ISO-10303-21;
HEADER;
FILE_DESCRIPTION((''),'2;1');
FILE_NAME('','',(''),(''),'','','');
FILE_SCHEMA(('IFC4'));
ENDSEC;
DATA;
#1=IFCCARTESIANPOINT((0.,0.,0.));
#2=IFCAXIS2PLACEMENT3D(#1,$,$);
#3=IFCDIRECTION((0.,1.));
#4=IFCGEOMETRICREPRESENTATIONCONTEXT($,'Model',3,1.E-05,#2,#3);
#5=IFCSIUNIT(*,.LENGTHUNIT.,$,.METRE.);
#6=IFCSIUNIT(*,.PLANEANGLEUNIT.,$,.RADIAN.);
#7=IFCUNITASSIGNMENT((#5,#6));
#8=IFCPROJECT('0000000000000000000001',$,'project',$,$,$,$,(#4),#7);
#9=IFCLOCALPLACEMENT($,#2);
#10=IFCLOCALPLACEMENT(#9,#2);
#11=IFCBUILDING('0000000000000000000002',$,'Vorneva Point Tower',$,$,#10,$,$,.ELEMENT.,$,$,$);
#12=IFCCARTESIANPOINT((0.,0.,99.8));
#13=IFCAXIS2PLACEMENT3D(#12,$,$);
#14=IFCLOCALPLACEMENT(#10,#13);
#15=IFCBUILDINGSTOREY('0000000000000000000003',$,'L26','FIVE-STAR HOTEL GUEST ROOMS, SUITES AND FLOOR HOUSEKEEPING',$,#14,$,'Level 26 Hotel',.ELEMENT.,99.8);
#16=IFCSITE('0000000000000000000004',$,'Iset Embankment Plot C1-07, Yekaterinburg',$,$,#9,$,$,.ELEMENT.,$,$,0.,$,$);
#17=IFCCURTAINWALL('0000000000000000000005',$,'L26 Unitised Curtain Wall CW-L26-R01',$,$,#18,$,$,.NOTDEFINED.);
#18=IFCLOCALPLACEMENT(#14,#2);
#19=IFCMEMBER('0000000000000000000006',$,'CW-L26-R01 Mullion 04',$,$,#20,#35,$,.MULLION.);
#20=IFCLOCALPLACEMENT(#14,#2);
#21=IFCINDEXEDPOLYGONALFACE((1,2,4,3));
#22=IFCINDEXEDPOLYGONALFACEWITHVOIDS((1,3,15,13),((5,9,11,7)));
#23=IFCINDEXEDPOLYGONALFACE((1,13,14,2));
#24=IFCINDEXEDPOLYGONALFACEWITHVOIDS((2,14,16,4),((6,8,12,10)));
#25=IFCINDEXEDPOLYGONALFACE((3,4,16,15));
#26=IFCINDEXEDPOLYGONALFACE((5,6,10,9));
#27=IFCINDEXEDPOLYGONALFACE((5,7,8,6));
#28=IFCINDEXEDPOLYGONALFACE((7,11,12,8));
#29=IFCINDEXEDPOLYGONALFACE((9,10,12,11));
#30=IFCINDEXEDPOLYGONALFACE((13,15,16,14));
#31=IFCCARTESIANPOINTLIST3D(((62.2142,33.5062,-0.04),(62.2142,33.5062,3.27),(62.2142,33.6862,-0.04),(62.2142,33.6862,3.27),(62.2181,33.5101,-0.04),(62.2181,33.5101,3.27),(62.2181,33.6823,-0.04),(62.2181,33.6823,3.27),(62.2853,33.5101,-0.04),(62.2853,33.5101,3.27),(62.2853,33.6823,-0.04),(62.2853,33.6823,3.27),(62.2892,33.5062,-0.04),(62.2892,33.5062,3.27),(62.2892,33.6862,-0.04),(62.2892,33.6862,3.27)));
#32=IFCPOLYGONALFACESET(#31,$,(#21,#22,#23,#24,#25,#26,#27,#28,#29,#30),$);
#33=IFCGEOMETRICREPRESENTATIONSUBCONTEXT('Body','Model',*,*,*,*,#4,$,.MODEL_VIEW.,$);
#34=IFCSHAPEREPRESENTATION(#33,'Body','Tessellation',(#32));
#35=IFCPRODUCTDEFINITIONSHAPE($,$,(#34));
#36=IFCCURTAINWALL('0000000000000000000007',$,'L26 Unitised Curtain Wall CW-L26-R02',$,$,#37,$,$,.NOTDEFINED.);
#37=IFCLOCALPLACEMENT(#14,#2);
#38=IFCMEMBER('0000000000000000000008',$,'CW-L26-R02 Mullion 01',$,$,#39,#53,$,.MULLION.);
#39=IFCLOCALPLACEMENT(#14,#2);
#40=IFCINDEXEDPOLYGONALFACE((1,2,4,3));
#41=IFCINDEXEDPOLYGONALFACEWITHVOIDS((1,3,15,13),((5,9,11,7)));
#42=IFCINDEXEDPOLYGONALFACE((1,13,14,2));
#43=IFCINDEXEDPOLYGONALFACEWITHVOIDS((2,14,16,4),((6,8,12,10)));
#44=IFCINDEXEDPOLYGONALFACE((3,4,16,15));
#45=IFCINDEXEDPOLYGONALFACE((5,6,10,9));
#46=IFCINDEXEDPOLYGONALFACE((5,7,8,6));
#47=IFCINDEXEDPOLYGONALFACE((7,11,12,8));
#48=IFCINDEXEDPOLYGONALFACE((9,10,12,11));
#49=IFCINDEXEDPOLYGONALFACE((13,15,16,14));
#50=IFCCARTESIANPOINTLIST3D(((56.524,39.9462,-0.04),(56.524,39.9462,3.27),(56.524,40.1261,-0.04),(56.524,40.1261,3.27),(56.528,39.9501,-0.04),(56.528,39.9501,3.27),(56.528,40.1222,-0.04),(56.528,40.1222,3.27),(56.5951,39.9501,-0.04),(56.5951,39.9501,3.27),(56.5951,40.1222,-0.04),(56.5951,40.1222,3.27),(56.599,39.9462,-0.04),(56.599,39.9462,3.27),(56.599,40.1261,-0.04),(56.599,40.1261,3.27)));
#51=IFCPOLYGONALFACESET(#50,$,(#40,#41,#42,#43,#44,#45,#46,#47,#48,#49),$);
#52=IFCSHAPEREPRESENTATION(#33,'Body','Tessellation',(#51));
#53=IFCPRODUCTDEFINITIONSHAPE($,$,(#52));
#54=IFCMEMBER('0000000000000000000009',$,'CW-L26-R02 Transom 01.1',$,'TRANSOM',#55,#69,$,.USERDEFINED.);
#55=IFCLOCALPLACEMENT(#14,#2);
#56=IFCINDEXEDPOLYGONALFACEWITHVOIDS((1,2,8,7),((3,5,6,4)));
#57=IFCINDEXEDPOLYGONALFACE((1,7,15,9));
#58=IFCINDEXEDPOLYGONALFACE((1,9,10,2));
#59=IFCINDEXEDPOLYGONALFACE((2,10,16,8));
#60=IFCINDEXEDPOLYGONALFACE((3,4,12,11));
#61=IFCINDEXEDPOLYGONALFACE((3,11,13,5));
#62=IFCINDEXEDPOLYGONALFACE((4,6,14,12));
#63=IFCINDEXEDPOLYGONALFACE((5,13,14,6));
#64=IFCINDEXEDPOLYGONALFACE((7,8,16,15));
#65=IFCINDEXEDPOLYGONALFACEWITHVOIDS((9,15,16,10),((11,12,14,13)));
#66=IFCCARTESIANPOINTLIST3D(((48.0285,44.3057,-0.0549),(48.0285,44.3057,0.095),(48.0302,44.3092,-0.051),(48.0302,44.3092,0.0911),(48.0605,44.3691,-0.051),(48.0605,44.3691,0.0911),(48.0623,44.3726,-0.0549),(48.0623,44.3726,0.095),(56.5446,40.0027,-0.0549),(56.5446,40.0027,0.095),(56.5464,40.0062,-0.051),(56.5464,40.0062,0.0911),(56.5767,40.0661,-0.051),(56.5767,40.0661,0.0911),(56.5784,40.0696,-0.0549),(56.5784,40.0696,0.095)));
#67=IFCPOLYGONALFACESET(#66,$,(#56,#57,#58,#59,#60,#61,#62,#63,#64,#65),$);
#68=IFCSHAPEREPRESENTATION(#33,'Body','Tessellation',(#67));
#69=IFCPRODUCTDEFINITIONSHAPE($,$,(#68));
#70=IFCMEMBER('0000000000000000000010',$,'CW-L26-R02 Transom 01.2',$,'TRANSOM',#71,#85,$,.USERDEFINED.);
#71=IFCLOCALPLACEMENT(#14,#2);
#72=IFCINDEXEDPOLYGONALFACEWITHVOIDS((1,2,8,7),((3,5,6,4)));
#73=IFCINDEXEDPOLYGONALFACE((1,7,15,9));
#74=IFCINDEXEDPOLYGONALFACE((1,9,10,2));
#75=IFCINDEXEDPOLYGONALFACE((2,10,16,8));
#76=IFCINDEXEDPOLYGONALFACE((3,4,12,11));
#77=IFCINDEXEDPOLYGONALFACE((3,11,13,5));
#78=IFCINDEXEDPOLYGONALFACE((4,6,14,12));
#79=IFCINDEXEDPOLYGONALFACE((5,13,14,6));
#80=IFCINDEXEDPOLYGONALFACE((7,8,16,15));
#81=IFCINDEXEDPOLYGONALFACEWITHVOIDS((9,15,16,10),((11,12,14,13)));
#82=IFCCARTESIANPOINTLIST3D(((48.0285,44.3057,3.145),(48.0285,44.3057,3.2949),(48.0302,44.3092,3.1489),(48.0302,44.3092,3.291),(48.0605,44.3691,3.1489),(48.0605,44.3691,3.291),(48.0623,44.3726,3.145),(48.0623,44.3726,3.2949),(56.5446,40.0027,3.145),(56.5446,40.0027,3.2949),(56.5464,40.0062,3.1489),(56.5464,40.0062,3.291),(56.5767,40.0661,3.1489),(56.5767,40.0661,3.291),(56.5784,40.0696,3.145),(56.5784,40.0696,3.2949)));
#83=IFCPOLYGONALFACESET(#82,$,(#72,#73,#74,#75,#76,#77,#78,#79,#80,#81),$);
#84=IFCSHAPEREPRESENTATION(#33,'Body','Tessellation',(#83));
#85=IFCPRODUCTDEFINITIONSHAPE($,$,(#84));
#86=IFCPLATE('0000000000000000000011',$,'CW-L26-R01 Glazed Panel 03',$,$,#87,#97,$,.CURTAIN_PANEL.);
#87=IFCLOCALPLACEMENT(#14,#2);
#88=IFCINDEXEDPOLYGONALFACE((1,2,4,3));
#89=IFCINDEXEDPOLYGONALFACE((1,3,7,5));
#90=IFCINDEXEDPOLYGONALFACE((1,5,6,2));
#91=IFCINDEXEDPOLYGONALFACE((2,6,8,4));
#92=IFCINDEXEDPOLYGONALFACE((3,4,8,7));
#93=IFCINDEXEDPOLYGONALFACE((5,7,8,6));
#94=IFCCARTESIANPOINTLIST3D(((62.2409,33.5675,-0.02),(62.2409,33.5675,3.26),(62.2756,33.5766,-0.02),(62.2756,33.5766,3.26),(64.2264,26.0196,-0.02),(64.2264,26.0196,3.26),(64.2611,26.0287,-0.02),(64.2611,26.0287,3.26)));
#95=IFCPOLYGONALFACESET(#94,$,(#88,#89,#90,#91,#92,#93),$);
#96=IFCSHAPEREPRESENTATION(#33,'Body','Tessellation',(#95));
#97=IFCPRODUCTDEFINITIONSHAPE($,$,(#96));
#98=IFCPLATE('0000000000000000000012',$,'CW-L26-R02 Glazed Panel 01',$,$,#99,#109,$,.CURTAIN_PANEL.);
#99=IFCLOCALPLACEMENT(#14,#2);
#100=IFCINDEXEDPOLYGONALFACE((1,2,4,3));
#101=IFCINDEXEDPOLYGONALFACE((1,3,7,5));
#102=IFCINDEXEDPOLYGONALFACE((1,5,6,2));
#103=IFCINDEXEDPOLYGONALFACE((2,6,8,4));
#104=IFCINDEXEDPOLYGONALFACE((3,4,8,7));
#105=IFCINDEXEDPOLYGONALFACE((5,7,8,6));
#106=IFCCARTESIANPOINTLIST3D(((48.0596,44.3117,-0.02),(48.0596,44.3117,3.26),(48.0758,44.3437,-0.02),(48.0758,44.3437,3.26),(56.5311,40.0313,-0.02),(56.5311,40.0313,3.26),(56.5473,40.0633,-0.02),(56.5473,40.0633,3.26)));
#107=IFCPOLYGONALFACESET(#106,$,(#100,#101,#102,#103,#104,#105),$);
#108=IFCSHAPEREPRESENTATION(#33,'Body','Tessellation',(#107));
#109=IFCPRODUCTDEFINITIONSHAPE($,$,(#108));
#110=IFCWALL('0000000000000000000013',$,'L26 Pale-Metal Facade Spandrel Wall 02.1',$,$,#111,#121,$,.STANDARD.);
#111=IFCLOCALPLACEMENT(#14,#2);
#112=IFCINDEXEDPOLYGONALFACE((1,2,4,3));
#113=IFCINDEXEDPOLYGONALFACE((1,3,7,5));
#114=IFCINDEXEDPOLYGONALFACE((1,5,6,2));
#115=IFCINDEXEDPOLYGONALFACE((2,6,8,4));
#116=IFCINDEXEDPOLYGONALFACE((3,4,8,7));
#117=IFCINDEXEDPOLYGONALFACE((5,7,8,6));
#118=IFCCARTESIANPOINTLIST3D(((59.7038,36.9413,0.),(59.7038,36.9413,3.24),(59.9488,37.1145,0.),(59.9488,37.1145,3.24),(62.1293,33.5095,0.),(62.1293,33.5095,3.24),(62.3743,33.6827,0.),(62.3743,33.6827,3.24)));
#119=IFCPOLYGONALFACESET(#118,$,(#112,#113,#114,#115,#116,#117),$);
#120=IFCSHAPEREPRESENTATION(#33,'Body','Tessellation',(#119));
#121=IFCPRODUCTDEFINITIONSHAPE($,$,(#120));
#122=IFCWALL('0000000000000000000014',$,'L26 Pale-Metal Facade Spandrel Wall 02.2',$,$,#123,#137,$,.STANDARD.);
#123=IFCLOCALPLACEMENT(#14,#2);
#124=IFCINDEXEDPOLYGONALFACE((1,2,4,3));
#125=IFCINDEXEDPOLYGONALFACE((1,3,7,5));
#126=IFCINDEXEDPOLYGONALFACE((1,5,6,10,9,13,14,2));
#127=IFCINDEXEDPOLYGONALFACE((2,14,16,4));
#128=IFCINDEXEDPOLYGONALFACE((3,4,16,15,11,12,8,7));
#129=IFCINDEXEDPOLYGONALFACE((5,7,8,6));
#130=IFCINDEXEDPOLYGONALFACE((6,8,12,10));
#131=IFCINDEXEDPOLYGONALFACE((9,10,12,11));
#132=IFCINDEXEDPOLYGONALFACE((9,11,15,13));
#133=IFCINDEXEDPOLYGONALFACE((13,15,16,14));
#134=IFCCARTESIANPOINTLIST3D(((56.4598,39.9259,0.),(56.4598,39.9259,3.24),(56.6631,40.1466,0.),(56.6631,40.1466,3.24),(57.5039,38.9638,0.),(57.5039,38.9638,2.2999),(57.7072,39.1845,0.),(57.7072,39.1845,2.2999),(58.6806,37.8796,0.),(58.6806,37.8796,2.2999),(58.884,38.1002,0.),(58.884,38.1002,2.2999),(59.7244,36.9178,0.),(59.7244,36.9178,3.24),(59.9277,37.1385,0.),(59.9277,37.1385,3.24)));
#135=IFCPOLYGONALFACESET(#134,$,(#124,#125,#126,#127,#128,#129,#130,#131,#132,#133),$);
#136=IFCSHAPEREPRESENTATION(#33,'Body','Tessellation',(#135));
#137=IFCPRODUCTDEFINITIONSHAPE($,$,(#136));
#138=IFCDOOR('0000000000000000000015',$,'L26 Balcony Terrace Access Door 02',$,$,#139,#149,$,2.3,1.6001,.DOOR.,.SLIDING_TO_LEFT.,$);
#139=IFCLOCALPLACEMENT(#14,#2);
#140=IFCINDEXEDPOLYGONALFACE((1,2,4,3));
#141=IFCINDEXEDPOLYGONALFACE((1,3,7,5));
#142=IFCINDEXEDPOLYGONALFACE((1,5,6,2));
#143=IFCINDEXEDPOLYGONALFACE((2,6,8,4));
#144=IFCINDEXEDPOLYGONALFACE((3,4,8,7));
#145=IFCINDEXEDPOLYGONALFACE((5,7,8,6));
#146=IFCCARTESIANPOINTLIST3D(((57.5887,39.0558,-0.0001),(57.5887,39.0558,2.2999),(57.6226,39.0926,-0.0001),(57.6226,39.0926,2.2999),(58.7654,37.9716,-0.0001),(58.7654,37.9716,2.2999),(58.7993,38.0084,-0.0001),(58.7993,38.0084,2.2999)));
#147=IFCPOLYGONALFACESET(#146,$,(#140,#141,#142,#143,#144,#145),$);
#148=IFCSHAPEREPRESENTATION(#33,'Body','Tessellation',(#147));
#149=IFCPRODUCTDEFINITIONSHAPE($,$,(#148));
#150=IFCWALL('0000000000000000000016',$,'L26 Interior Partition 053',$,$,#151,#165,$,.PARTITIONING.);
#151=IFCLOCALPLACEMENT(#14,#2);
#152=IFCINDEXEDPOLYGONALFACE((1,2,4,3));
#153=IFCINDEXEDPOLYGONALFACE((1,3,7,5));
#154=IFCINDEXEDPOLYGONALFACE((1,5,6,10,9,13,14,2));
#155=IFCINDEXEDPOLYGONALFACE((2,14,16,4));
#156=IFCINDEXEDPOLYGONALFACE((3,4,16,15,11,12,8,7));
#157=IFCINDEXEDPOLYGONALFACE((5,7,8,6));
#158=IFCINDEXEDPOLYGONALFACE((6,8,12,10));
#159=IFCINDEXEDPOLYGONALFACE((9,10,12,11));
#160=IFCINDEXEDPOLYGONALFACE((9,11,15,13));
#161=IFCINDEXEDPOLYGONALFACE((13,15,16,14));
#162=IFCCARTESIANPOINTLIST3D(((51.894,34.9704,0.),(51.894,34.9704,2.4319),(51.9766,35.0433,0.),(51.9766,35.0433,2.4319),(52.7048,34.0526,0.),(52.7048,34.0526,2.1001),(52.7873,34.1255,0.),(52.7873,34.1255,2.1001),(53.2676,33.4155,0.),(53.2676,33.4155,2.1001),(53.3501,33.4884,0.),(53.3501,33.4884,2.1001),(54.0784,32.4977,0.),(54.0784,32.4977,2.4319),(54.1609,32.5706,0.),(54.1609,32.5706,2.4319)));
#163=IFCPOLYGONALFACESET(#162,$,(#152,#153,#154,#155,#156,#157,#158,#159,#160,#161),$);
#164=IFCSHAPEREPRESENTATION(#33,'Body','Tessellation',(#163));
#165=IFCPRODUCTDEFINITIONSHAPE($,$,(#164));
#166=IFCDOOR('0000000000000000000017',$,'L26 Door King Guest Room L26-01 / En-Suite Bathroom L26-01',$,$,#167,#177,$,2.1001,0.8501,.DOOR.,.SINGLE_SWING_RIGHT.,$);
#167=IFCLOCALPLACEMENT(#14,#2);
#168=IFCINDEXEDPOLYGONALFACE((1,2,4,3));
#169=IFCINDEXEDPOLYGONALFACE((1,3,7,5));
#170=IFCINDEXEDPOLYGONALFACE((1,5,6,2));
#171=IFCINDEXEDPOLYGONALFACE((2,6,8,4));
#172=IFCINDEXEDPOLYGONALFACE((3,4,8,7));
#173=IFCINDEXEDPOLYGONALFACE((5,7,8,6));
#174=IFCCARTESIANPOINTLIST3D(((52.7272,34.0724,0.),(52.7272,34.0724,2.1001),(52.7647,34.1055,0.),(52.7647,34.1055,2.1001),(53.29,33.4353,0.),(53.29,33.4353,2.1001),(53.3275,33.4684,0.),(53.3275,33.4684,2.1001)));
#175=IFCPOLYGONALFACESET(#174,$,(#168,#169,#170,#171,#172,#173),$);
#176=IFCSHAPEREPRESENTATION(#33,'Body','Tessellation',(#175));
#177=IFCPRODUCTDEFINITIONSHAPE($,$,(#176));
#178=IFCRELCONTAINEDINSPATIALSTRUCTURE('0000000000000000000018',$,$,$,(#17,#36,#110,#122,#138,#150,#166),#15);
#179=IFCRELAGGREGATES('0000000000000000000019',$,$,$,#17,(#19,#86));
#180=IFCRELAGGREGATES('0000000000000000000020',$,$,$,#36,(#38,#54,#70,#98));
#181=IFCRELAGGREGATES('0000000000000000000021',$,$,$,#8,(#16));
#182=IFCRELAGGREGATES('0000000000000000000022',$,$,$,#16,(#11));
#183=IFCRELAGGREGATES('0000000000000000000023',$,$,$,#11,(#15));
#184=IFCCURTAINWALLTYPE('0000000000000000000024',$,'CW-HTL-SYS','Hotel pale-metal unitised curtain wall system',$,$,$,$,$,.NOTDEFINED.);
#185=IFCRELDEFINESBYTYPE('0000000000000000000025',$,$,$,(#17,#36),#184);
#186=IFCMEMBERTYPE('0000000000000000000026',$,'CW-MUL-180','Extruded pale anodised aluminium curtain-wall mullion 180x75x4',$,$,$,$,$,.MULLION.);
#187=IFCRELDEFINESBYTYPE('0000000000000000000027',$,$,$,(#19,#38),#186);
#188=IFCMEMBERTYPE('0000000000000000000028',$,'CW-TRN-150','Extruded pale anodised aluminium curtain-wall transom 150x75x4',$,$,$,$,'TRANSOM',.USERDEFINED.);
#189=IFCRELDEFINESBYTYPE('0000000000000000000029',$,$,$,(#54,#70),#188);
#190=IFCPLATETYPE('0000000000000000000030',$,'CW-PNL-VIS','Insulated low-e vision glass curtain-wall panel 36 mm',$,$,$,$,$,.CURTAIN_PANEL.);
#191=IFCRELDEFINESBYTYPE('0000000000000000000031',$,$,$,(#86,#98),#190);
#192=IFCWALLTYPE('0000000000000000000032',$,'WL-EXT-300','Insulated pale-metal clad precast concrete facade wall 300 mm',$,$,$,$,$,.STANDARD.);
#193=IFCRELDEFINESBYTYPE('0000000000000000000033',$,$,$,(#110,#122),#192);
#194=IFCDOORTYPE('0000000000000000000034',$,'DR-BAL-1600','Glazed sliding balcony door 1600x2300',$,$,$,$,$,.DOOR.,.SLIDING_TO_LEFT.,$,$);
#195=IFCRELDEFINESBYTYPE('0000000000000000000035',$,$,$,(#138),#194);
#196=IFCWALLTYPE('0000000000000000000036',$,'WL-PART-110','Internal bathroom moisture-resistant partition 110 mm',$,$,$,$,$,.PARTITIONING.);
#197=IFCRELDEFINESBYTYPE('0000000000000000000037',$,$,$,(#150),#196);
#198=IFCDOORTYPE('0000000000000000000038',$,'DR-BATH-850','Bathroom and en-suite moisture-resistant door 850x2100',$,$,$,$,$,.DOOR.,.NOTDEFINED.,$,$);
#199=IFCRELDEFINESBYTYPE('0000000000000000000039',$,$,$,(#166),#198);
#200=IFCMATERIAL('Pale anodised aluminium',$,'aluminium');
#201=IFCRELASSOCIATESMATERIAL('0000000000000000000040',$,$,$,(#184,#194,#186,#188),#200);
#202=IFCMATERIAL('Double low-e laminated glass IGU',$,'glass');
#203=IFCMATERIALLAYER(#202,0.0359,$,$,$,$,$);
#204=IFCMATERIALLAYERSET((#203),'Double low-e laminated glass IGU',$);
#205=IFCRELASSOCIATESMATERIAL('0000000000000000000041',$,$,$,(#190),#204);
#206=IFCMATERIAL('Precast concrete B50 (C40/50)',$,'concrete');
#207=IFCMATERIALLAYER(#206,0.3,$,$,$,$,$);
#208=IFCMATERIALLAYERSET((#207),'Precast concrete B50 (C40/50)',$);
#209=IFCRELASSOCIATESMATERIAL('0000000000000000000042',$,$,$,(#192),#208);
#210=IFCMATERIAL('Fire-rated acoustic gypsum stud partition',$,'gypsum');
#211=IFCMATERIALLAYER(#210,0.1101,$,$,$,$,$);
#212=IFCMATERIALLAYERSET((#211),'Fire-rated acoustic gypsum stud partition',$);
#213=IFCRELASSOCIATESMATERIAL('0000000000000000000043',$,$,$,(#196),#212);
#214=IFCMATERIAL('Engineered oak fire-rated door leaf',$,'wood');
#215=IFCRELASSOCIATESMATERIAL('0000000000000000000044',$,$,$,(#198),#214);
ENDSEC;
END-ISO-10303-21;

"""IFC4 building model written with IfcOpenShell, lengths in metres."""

from ifc_helpers import new_model, si_unit, direction, frame, frame_2d, origin, origin_2d, place, context, subcontext, project, spatial, rectangle, hollow_rectangle, extrude, material, layer, layer_set, material_profile, profile_set, type_object, element, fill, aggregate, save


model = new_model("IFC4")

# Units and contexts
model_context = context("Model", 3, precision=1e-05, world=origin(), true_north=direction((0.0, 1.0)))
body_context = subcontext(model_context, "Body", "Model", "MODEL_VIEW")
ifc_project = project(units=[si_unit("LENGTHUNIT", "METRE"), si_unit("PLANEANGLEUNIT", "RADIAN")], contexts=[model_context])

# Site, building, storey
site_placement = place(None, origin())
site = spatial("IfcSite", under=ifc_project, at=site_placement, Name="Iset Embankment Plot C1-07, Yekaterinburg", CompositionType="ELEMENT", RefElevation=0.0)
building_placement = place(site_placement, origin())
building = spatial("IfcBuilding", under=site, at=building_placement, Name="Vorneva Point Tower", CompositionType="ELEMENT")
storey_placement = place(building_placement, frame((0.0, 0.0, 99.8)))
storey = spatial("IfcBuildingStorey", under=building, at=storey_placement, Name="L26", Description="FIVE-STAR HOTEL GUEST ROOMS, SUITES AND FLOOR HOUSEKEEPING", LongName="Level 26 Hotel", CompositionType="ELEMENT", Elevation=99.8)

# Curtain wall, member
ifc_material_1 = material(Name="Pale anodised aluminium", Category="aluminium")
curtain_wall_type = type_object("IfcCurtainWallType", Name="CW-HTL-SYS", Description="Hotel pale-metal unitised curtain wall system", PredefinedType="NOTDEFINED", material=ifc_material_1)
curtain_wall_1_placement = place(storey_placement, origin())
curtain_wall_1 = element("IfcCurtainWall", 1, at=curtain_wall_1_placement, inside=storey, type_object=curtain_wall_type, Name="L26 Unitised Curtain Wall CW-L26-R01", PredefinedType="NOTDEFINED")
ifc_material_profile_1 = material_profile(ifc_material_1, hollow_rectangle(XDim=0.075, YDim=0.1799, WallThickness=0.0039, at=origin_2d()), Name="AL-MUL 180x75x4")
ifc_profile_set_1 = profile_set([ifc_material_profile_1], Name="Pale anodised aluminium")
member_type_1 = type_object("IfcMemberType", Name="CW-MUL-180", Description="Extruded pale anodised aluminium curtain-wall mullion 180x75x4", PredefinedType="MULLION", material=ifc_profile_set_1)
member_1_placement = place(storey_placement, frame((62.2517, 33.5962, -0.04), z_axis=(0.0, 0.0, 1.0), x_axis=(1.0, 0.0, 0.0)))
member_1 = element("IfcMember", 2, at=member_1_placement, type_object=member_type_1, Name="CW-L26-R01 Mullion 04", PredefinedType="MULLION", context=body_context, shape_type="SweptSolid", body=[
    extrude(hollow_rectangle(XDim=0.075, YDim=0.1799, WallThickness=0.0039, at=origin_2d()), origin(), (0.0, 0.0, 1.0), 3.3101),
])

# Curtain wall, members
curtain_wall_2_placement = place(storey_placement, origin())
curtain_wall_2 = element("IfcCurtainWall", 3, at=curtain_wall_2_placement, inside=storey, type_object=curtain_wall_type, Name="L26 Unitised Curtain Wall CW-L26-R02", PredefinedType="NOTDEFINED")
member_2_placement = place(storey_placement, frame((56.5615, 40.0361, -0.04), z_axis=(0.0, 0.0, 1.0), x_axis=(1.0, 0.0, 0.0)))
member_2 = element("IfcMember", 4, at=member_2_placement, type_object=member_type_1, Name="CW-L26-R02 Mullion 01", PredefinedType="MULLION", context=body_context, shape_type="SweptSolid", body=[
    extrude(hollow_rectangle(XDim=0.075, YDim=0.1799, WallThickness=0.0039, at=origin_2d()), origin(), (0.0, 0.0, 1.0), 3.3101),
])
ifc_material_profile_2 = material_profile(ifc_material_1, hollow_rectangle(XDim=0.075, YDim=0.1499, WallThickness=0.0039, at=origin_2d()), Name="AL-TRN 150x75x4")
ifc_profile_set_2 = profile_set([ifc_material_profile_2], Name="Pale anodised aluminium")
member_type_2 = type_object("IfcMemberType", Name="CW-TRN-150", Description="Extruded pale anodised aluminium curtain-wall transom 150x75x4", ElementType="TRANSOM", PredefinedType="USERDEFINED", material=ifc_profile_set_2)
member_3_placement = place(storey_placement, frame((56.5615, 40.0361, 0.02), z_axis=(-0.892536, 0.450976, 0.0), x_axis=(-0.450976, -0.892536, 0.0)))
member_3 = element("IfcMember", 5, at=member_3_placement, type_object=member_type_2, Name="CW-L26-R02 Transom 01.1", ObjectType="TRANSOM", PredefinedType="USERDEFINED", context=body_context, shape_type="SweptSolid", body=[
    extrude(hollow_rectangle(XDim=0.075, YDim=0.1499, WallThickness=0.0039, at=origin_2d()), origin(), (0.0, 0.0, 1.0), 9.5415),
])
member_4_placement = place(storey_placement, frame((56.5615, 40.0361, 3.22), z_axis=(-0.892536, 0.450976, 0.0), x_axis=(-0.450976, -0.892536, 0.0)))
member_4 = element("IfcMember", 6, at=member_4_placement, type_object=member_type_2, Name="CW-L26-R02 Transom 01.2", ObjectType="TRANSOM", PredefinedType="USERDEFINED", context=body_context, shape_type="SweptSolid", body=[
    extrude(hollow_rectangle(XDim=0.075, YDim=0.1499, WallThickness=0.0039, at=origin_2d()), origin(), (0.0, 0.0, 1.0), 9.5415),
])

# Plates
ifc_material_2 = material(Name="Double low-e laminated glass IGU", Category="glass")
ifc_layer_1 = layer(ifc_material_2, 0.0359)
ifc_layer_set_1 = layer_set([ifc_layer_1], Name="Double low-e laminated glass IGU")
plate_type = type_object("IfcPlateType", Name="CW-PNL-VIS", Description="Insulated low-e vision glass curtain-wall panel 36 mm", PredefinedType="CURTAIN_PANEL", material=ifc_layer_set_1)
plate_1_placement = place(storey_placement, frame((63.251, 29.7981, -0.02), z_axis=(0.0, 0.0, 1.0), x_axis=(-0.254399, 0.967099, 0.0)))
plate_1 = element("IfcPlate", 7, at=plate_1_placement, type_object=plate_type, Name="CW-L26-R01 Glazed Panel 03", PredefinedType="CURTAIN_PANEL", context=body_context, shape_type="SweptSolid", body=[
    extrude(rectangle(XDim=7.8047, YDim=0.0359, at=origin_2d()), origin(), (0.0, 0.0, 1.0), 3.28),
])
aggregate(curtain_wall_1, [member_1, plate_1])
plate_2_placement = place(storey_placement, frame((52.3035, 42.1875, -0.02), z_axis=(0.0, 0.0, 1.0), x_axis=(-0.892539, 0.450971, 0.0)))
plate_2 = element("IfcPlate", 8, at=plate_2_placement, type_object=plate_type, Name="CW-L26-R02 Glazed Panel 01", PredefinedType="CURTAIN_PANEL", context=body_context, shape_type="SweptSolid", body=[
    extrude(rectangle(XDim=9.4915, YDim=0.0359, at=origin_2d()), origin(), (0.0, 0.0, 1.0), 3.28),
])
aggregate(curtain_wall_2, [member_2, member_3, member_4, plate_2])

# Wall
ifc_material_3 = material(Name="Precast concrete B50 (C40/50)", Category="concrete")
ifc_layer_2 = layer(ifc_material_3, 0.3)
ifc_layer_set_2 = layer_set([ifc_layer_2], Name="Precast concrete B50 (C40/50)")
wall_type_1 = type_object("IfcWallType", Name="WL-EXT-300", Description="Insulated pale-metal clad precast concrete facade wall 300 mm", PredefinedType="STANDARD", material=ifc_layer_set_2)
wall_1_placement = place(storey_placement, frame((62.2517, 33.5962, 0.0), z_axis=(0.0, 0.0, 1.0), x_axis=(-0.577164, 0.816628, 0.0)))
element("IfcWall", 9, at=wall_1_placement, inside=storey, type_object=wall_type_1, Name="L26 Pale-Metal Facade Spandrel Wall 02.1", PredefinedType="STANDARD", context=body_context, shape_type="SweptSolid", body=[
    extrude(rectangle(XDim=4.2024, YDim=0.3, at=frame_2d((2.1011, 0.0))), origin(), (0.0, 0.0, 1.0), 3.24),
])

# Walls, openings, doors
wall_2_placement = place(storey_placement, frame((59.8262, 37.0281, 0.0), z_axis=(0.0, 0.0, 1.0), x_axis=(-0.735417, 0.677615, 0.0)))
wall_2 = element("IfcWall", 10, at=wall_2_placement, inside=storey, type_object=wall_type_1, Name="L26 Pale-Metal Facade Spandrel Wall 02.2", PredefinedType="STANDARD", context=body_context, shape_type="SweptSolid", body=[
    extrude(rectangle(XDim=4.4392, YDim=0.3, at=frame_2d((2.2197, 0.0))), origin(), (0.0, 0.0, 1.0), 3.24),
])
opening_1_placement = place(wall_2_placement, frame((1.4194, 0.0, 0.0)))
opening_1 = element("IfcOpeningElement", 11, at=opening_1_placement, cuts=wall_2, PredefinedType="OPENING", context=body_context, shape_type="SweptSolid", body=[
    extrude(rectangle(XDim=1.6001, YDim=2.3, at=frame_2d((0.8, 1.1499))), frame((0.0, 0.165, 0.0), z_axis=(0.0, -1.0, 0.0), x_axis=(1.0, 0.0, 0.0)), (0.0, 0.0, 1.0), 0.3298),
])
door_type_1 = type_object("IfcDoorType", Name="DR-BAL-1600", Description="Glazed sliding balcony door 1600x2300", OperationType="SLIDING_TO_LEFT", PredefinedType="DOOR", material=ifc_material_1)
door_1_placement = place(opening_1_placement, origin())
door_1 = element("IfcDoor", 12, at=door_1_placement, inside=storey, type_object=door_type_1, Name="L26 Balcony Terrace Access Door 02", OperationType="SLIDING_TO_LEFT", OverallHeight=2.3, OverallWidth=1.6001, PredefinedType="DOOR", context=body_context, shape_type="SweptSolid", body=[
    extrude(rectangle(XDim=1.6001, YDim=2.3, at=frame_2d((0.8, 1.1499))), frame((0.0, 0.0249, 0.0), z_axis=(0.0, -1.0, 0.0), x_axis=(1.0, 0.0, 0.0)), (0.0, 0.0, 1.0), 0.05),
])
fill(opening_1, door_1)
ifc_material_4 = material(Name="Fire-rated acoustic gypsum stud partition", Category="gypsum")
ifc_layer_3 = layer(ifc_material_4, 0.1101)
ifc_layer_set_3 = layer_set([ifc_layer_3], Name="Fire-rated acoustic gypsum stud partition")
wall_type_2 = type_object("IfcWallType", Name="WL-PART-110", Description="Internal bathroom moisture-resistant partition 110 mm", PredefinedType="PARTITIONING", material=ifc_layer_set_3)
wall_3_placement = place(storey_placement, frame((51.9353, 35.0068, 0.0), z_axis=(0.0, 0.0, 1.0), x_axis=(0.66206, -0.749451, 0.0)))
wall_3 = element("IfcWall", 13, at=wall_3_placement, inside=storey, type_object=wall_type_2, Name="L26 Interior Partition 053", PredefinedType="PARTITIONING", context=body_context, shape_type="SweptSolid", body=[
    extrude(rectangle(XDim=3.2993, YDim=0.1101, at=frame_2d((1.6497, 0.0))), origin(), (0.0, 0.0, 1.0), 2.4319),
])
opening_2_placement = place(wall_3_placement, frame((1.2246, 0.0, 0.0)))
opening_2 = element("IfcOpeningElement", 14, at=opening_2_placement, cuts=wall_3, PredefinedType="OPENING", context=body_context, shape_type="SweptSolid", body=[
    extrude(rectangle(XDim=0.8501, YDim=2.1001, at=frame_2d((0.425, 1.05))), frame((0.0, 0.0698, 0.0), z_axis=(0.0, -1.0, 0.0), x_axis=(1.0, 0.0, 0.0)), (0.0, 0.0, 1.0), 0.1399),
])
ifc_material_5 = material(Name="Engineered oak fire-rated door leaf", Category="wood")
door_type_2 = type_object("IfcDoorType", Name="DR-BATH-850", Description="Bathroom and en-suite moisture-resistant door 850x2100", OperationType="NOTDEFINED", PredefinedType="DOOR", material=ifc_material_5)
door_2_placement = place(opening_2_placement, origin())
door_2 = element("IfcDoor", 15, at=door_2_placement, inside=storey, type_object=door_type_2, Name="L26 Door King Guest Room L26-01 / En-Suite Bathroom L26-01", OperationType="SINGLE_SWING_RIGHT", OverallHeight=2.1001, OverallWidth=0.8501, PredefinedType="DOOR", context=body_context, shape_type="SweptSolid", body=[
    extrude(rectangle(XDim=0.8501, YDim=2.1001, at=frame_2d((0.425, 1.05))), frame((0.0, 0.0249, 0.0), z_axis=(0.0, -1.0, 0.0), x_axis=(1.0, 0.0, 0.0)), (0.0, 0.0, 1.0), 0.05),
])
fill(opening_2, door_2)

save(model, "model.ifc")
